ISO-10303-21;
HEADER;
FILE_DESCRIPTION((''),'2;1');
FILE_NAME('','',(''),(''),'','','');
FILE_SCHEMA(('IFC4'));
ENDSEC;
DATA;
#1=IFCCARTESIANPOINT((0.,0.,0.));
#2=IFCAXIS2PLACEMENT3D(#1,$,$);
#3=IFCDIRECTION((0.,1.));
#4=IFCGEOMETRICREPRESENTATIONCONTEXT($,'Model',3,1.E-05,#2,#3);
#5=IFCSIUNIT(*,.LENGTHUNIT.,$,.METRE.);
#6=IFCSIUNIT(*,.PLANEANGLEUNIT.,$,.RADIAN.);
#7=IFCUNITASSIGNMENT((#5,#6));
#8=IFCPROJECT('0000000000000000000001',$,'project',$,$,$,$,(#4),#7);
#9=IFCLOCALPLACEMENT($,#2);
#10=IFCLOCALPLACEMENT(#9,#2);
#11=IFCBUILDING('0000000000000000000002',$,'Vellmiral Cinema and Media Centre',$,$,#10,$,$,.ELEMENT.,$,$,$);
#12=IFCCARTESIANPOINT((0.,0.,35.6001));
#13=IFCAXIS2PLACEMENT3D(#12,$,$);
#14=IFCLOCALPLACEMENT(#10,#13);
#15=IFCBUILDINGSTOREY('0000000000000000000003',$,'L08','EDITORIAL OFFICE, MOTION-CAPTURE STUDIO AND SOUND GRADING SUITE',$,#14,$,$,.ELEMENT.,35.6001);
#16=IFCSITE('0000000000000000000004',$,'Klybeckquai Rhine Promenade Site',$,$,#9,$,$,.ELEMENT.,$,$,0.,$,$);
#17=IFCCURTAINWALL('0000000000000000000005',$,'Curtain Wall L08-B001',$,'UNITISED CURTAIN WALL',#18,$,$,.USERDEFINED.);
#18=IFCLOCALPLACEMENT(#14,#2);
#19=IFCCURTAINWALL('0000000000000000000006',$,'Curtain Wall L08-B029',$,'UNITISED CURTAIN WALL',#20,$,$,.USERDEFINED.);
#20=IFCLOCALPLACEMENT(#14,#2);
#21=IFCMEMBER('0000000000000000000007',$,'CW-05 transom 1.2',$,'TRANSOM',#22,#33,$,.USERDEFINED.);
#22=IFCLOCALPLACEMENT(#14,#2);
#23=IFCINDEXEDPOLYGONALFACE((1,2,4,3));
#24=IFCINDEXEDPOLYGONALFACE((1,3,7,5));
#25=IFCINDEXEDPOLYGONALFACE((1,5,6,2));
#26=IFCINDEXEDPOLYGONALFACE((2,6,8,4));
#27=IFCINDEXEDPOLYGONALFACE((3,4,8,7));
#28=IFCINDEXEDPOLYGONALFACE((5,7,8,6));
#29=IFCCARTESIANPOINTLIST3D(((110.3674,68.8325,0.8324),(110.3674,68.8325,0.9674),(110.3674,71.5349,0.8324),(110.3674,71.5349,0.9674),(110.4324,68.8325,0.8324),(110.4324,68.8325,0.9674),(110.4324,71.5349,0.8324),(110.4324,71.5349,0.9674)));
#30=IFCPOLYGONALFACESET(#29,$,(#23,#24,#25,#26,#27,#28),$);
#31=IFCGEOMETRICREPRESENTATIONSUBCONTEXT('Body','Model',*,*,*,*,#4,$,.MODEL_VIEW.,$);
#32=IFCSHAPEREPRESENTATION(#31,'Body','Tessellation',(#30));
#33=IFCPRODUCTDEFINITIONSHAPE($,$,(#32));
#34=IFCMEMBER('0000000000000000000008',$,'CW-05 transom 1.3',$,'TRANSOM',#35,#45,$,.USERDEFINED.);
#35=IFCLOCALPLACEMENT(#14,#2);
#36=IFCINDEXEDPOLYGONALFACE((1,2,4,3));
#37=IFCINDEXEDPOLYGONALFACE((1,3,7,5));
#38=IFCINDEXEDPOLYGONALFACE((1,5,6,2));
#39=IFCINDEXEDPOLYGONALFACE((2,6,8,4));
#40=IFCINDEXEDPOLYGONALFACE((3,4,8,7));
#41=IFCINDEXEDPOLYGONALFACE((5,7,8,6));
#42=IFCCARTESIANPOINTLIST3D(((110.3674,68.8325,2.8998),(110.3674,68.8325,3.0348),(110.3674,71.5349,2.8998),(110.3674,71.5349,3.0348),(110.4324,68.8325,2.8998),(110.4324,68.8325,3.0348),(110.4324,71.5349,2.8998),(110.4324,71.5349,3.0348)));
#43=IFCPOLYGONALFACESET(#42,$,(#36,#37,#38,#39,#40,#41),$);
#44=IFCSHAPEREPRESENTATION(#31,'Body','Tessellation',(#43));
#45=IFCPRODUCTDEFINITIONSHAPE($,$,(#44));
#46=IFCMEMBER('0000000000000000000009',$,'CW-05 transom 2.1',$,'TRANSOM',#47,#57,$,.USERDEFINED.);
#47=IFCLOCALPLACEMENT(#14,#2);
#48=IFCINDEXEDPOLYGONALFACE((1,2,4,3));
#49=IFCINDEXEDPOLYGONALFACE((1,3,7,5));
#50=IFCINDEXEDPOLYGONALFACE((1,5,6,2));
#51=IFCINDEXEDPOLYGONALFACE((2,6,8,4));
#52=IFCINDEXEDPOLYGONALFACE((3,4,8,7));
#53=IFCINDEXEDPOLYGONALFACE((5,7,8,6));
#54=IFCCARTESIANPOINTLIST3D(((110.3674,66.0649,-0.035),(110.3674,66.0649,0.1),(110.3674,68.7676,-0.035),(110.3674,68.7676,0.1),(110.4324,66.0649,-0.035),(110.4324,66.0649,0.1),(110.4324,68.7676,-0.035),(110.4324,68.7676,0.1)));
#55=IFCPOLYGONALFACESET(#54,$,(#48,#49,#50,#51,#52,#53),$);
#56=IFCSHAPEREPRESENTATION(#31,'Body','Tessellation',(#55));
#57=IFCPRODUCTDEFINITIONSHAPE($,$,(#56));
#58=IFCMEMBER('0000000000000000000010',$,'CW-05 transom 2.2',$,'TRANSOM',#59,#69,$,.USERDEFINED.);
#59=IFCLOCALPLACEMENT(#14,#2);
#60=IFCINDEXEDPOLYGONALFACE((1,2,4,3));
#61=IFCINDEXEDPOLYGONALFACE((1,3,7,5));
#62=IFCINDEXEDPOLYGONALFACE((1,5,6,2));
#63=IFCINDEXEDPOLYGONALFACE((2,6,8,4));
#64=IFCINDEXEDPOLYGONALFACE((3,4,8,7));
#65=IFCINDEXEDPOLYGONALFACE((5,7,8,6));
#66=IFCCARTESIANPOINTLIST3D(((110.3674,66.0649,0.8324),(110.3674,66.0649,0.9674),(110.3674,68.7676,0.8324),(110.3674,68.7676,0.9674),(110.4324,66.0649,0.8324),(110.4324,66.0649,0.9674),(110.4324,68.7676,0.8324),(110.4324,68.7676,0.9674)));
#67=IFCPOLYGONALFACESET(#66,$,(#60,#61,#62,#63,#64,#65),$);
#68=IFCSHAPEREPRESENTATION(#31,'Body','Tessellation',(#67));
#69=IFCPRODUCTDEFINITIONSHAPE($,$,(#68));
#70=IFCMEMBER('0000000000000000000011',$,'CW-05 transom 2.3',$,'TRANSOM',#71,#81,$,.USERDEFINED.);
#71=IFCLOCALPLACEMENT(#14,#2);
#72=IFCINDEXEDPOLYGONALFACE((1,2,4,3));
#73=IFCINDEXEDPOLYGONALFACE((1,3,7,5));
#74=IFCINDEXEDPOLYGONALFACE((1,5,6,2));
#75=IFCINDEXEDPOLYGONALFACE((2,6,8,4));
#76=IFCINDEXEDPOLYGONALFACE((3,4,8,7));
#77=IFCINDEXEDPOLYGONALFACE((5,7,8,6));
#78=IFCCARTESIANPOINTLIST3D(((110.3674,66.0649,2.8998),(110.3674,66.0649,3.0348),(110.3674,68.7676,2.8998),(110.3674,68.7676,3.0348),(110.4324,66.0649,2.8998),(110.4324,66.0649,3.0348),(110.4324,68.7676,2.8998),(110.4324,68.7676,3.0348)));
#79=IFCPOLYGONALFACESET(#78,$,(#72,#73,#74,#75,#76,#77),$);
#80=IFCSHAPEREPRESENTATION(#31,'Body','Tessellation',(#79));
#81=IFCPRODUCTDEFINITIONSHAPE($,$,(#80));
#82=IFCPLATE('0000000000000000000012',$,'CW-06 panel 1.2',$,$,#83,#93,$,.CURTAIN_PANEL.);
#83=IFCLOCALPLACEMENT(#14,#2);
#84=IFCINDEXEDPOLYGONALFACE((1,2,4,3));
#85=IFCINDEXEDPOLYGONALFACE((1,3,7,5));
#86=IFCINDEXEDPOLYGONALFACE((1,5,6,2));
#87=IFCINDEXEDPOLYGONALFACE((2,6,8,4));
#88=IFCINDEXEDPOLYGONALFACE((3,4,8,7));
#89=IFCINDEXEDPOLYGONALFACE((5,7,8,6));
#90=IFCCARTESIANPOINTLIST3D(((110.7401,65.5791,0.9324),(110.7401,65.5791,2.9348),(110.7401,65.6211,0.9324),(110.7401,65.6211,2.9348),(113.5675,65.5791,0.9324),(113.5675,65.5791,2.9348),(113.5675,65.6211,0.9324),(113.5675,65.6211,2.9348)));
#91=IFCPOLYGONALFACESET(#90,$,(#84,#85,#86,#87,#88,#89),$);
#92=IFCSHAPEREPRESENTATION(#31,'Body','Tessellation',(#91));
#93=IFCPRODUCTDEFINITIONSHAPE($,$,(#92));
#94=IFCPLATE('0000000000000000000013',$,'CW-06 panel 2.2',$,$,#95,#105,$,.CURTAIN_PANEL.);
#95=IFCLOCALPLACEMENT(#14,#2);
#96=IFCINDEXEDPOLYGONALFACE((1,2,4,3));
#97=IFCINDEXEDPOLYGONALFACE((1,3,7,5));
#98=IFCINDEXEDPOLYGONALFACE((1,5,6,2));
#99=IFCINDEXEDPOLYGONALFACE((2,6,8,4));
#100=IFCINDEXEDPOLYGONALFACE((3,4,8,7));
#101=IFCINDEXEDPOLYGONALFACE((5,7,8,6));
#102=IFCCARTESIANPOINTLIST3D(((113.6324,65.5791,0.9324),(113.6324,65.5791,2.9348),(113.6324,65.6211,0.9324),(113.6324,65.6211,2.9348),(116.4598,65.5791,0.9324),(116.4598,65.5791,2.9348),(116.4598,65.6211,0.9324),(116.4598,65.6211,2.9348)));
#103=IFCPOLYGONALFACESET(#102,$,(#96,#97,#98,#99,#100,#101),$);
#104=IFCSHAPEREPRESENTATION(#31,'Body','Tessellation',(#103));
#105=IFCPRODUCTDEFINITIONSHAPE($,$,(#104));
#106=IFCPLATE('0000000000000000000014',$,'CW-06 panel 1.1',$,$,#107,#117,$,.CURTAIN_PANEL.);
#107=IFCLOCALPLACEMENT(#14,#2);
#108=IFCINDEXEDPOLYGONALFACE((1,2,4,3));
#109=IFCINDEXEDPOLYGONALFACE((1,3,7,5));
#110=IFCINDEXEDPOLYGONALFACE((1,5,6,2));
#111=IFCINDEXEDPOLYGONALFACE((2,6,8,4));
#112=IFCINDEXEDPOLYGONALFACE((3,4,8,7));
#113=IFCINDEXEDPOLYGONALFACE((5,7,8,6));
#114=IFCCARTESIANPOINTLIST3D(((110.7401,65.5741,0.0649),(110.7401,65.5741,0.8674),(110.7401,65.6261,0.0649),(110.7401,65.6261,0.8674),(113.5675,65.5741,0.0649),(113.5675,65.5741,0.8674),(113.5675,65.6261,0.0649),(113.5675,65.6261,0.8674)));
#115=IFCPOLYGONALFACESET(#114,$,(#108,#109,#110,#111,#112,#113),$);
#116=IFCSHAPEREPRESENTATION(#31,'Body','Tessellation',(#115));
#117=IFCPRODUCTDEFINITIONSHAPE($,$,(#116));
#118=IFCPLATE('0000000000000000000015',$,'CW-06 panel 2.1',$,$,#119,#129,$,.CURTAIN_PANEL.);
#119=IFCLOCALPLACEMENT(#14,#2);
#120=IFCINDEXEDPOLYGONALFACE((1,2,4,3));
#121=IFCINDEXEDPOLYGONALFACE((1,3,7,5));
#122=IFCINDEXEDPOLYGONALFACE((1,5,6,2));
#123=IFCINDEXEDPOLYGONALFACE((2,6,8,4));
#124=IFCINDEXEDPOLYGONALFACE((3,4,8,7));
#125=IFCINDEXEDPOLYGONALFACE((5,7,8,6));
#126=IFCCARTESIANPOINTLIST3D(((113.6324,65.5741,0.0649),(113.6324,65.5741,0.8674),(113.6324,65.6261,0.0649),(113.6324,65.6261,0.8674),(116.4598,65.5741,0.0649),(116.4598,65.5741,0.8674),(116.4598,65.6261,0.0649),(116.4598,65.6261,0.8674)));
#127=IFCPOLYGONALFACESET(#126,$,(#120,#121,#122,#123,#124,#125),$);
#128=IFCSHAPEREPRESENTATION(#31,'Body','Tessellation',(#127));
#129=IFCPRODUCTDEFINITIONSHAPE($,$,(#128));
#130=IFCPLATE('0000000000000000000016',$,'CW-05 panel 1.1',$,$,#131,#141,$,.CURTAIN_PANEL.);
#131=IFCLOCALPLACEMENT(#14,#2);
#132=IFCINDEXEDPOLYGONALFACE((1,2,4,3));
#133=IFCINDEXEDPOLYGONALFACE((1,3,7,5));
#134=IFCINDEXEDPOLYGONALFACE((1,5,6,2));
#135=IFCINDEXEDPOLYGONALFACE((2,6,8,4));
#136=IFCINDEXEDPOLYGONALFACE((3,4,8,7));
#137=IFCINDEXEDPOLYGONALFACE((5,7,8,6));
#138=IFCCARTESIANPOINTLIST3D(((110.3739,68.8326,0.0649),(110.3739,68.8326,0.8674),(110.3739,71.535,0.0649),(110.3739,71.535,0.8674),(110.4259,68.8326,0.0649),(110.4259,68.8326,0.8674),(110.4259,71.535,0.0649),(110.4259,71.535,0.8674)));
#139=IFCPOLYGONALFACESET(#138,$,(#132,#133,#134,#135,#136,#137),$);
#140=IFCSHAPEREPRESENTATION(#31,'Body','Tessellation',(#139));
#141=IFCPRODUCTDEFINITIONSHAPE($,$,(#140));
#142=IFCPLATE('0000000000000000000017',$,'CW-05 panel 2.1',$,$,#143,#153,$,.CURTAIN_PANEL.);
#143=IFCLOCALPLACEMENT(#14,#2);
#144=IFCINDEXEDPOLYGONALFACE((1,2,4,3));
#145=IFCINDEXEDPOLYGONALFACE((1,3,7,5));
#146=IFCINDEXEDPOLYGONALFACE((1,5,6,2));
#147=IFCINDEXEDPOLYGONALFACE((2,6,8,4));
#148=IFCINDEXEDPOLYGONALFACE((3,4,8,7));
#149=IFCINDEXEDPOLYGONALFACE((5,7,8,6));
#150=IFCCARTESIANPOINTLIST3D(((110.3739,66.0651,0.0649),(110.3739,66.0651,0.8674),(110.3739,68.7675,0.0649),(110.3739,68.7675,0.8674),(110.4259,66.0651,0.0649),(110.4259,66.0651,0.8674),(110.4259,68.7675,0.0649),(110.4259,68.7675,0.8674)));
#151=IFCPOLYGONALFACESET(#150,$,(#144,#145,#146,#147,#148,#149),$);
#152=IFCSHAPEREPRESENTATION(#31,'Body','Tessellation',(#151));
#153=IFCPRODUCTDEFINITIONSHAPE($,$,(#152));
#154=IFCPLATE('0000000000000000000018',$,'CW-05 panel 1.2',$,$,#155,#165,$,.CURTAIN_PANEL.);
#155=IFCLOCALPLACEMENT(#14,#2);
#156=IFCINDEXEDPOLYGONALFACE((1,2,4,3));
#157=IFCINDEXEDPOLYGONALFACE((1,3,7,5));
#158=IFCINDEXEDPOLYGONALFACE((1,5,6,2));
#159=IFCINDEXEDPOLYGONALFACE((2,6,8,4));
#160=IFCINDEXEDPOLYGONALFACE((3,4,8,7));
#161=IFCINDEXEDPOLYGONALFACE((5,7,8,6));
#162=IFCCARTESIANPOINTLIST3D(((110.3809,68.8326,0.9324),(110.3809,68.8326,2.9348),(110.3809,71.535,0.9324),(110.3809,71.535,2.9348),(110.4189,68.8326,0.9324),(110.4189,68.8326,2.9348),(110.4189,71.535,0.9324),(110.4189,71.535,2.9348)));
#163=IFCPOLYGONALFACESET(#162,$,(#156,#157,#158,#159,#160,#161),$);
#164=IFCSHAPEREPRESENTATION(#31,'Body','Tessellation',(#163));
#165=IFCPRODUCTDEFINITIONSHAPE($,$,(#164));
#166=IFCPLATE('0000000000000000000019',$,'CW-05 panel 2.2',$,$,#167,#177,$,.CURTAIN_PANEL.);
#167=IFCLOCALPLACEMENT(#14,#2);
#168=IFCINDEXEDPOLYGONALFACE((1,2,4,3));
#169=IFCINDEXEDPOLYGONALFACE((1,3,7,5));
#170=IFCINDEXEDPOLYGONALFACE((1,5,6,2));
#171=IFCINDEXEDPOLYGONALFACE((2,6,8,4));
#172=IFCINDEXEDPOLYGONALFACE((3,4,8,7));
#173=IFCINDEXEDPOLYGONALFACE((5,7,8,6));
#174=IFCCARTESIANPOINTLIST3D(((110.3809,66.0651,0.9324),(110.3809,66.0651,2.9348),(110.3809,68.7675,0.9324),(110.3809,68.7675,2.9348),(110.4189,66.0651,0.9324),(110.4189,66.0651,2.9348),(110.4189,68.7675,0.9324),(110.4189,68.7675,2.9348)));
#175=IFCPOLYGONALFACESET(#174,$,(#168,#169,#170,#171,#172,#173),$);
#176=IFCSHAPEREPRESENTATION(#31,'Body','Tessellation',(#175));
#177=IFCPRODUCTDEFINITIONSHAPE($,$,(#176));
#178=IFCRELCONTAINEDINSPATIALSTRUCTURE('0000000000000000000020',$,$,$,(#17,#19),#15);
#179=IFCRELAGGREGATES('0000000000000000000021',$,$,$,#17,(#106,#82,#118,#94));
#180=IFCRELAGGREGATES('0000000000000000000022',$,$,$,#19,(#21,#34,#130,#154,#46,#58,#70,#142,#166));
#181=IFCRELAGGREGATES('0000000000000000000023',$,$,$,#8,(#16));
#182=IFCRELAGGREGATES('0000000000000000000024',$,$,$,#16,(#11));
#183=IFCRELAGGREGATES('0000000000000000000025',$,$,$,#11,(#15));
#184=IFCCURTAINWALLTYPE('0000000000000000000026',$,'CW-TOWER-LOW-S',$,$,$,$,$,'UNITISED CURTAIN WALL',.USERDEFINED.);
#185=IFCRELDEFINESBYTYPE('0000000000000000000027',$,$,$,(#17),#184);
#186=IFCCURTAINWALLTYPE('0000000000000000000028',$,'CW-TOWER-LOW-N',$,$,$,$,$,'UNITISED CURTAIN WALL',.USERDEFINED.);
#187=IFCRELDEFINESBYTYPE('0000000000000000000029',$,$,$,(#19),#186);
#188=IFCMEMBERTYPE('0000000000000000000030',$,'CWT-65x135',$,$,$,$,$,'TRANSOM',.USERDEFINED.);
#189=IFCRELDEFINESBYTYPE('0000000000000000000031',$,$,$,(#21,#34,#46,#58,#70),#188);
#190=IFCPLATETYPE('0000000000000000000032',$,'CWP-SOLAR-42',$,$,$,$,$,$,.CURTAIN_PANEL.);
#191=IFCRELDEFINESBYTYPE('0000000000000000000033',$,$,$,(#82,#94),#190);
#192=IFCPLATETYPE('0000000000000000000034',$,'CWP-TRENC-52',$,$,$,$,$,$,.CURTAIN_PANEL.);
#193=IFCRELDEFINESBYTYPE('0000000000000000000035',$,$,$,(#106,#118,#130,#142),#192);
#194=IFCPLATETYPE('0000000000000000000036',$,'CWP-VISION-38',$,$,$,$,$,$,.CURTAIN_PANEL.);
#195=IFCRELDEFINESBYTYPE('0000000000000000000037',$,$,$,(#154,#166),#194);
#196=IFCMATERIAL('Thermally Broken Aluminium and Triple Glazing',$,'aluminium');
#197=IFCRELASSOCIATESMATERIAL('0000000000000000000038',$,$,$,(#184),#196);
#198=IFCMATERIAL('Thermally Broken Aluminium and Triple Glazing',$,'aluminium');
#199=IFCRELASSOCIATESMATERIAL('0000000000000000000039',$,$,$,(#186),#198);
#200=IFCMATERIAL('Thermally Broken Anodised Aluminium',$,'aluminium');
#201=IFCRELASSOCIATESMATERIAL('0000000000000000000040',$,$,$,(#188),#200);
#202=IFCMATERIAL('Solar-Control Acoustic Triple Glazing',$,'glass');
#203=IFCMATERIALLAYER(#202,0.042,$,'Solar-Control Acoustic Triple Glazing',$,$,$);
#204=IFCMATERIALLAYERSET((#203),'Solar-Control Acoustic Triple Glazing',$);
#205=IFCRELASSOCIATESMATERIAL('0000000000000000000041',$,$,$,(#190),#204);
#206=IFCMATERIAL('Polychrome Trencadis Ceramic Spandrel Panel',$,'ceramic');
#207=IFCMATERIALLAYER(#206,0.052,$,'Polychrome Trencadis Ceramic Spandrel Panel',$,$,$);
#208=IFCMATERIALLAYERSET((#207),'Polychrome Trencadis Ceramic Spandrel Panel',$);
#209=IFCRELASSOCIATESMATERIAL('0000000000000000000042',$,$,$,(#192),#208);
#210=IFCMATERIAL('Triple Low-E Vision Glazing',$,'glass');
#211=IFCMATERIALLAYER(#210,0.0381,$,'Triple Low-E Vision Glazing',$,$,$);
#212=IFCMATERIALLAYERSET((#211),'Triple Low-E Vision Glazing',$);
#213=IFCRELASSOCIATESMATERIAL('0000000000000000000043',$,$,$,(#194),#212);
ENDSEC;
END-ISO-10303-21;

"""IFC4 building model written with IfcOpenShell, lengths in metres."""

from ifc_helpers import new_model, si_unit, direction, frame, origin, origin_2d, place, context, subcontext, project, spatial, rectangle, extrude, material, layer, layer_set, material_profile, profile_set, type_object, element, aggregate, save


model = new_model("IFC4")

# Units and contexts
model_context = context("Model", 3, precision=1e-05, world=origin(), true_north=direction((0.0, 1.0)))
body_context = subcontext(model_context, "Body", "Model", "MODEL_VIEW")
ifc_project = project(units=[si_unit("LENGTHUNIT", "METRE"), si_unit("PLANEANGLEUNIT", "RADIAN")], contexts=[model_context])

# Site, building, storey
site_placement = place(None, origin())
site = spatial("IfcSite", under=ifc_project, at=site_placement, Name="Klybeckquai Rhine Promenade Site", CompositionType="ELEMENT", RefElevation=0.0)
building_placement = place(site_placement, origin())
building = spatial("IfcBuilding", under=site, at=building_placement, Name="Vellmiral Cinema and Media Centre", CompositionType="ELEMENT")
storey_placement = place(building_placement, frame((0.0, 0.0, 35.6001)))
storey = spatial("IfcBuildingStorey", under=building, at=storey_placement, Name="L08", Description="EDITORIAL OFFICE, MOTION-CAPTURE STUDIO AND SOUND GRADING SUITE", CompositionType="ELEMENT", Elevation=35.6001)

# Curtain walls
ifc_material_1 = material(Name="Thermally Broken Aluminium and Triple Glazing", Category="aluminium")
curtain_wall_type_1 = type_object("IfcCurtainWallType", Name="CW-TOWER-LOW-S", ElementType="UNITISED CURTAIN WALL", PredefinedType="USERDEFINED", material=ifc_material_1)
curtain_wall_1_placement = place(storey_placement, origin())
curtain_wall_1 = element("IfcCurtainWall", 1, at=curtain_wall_1_placement, inside=storey, type_object=curtain_wall_type_1, Name="Curtain Wall L08-B001", ObjectType="UNITISED CURTAIN WALL", PredefinedType="USERDEFINED")
ifc_material_2 = material(Name="Thermally Broken Aluminium and Triple Glazing", Category="aluminium")
curtain_wall_type_2 = type_object("IfcCurtainWallType", Name="CW-TOWER-LOW-N", ElementType="UNITISED CURTAIN WALL", PredefinedType="USERDEFINED", material=ifc_material_2)
curtain_wall_2_placement = place(storey_placement, origin())
curtain_wall_2 = element("IfcCurtainWall", 2, at=curtain_wall_2_placement, inside=storey, type_object=curtain_wall_type_2, Name="Curtain Wall L08-B029", ObjectType="UNITISED CURTAIN WALL", PredefinedType="USERDEFINED")

# Members
ifc_material_3 = material(Name="Thermally Broken Anodised Aluminium", Category="aluminium")
ifc_material_profile_1 = material_profile(ifc_material_3, rectangle(XDim=0.0649, YDim=0.135, at=origin_2d()), Name="MULL 65x135")
ifc_profile_set_1 = profile_set([ifc_material_profile_1], Name="Thermally Broken Anodised Aluminium")
member_type_1 = type_object("IfcMemberType", Name="CWT-65x135", ElementType="TRANSOM", PredefinedType="USERDEFINED", material=ifc_profile_set_1)
member_1_placement = place(storey_placement, frame((110.3999, 71.5349, 0.8999), z_axis=(0.0, -1.0, 0.0), x_axis=(1.0, 0.0, 0.0)))
member_1 = element("IfcMember", 3, at=member_1_placement, type_object=member_type_1, Name="CW-05 transom 1.2", ObjectType="TRANSOM", PredefinedType="USERDEFINED", context=body_context, shape_type="SweptSolid", body=[
    extrude(rectangle(XDim=0.0649, YDim=0.135, at=origin_2d()), origin(), (0.0, 0.0, 1.0), 2.7024),
])
member_2_placement = place(storey_placement, frame((110.3999, 71.5349, 2.9673), z_axis=(0.0, -1.0, 0.0), x_axis=(1.0, 0.0, 0.0)))
member_2 = element("IfcMember", 4, at=member_2_placement, type_object=member_type_1, Name="CW-05 transom 1.3", ObjectType="TRANSOM", PredefinedType="USERDEFINED", context=body_context, shape_type="SweptSolid", body=[
    extrude(rectangle(XDim=0.0649, YDim=0.135, at=origin_2d()), origin(), (0.0, 0.0, 1.0), 2.7024),
])
member_3_placement = place(storey_placement, frame((110.3999, 68.7676, 0.0325), z_axis=(0.0, -1.0, 0.0), x_axis=(1.0, 0.0, 0.0)))
member_3 = element("IfcMember", 5, at=member_3_placement, type_object=member_type_1, Name="CW-05 transom 2.1", ObjectType="TRANSOM", PredefinedType="USERDEFINED", context=body_context, shape_type="SweptSolid", body=[
    extrude(rectangle(XDim=0.0649, YDim=0.135, at=origin_2d()), origin(), (0.0, 0.0, 1.0), 2.7026),
])
member_4_placement = place(storey_placement, frame((110.3999, 68.7676, 0.8999), z_axis=(0.0, -1.0, 0.0), x_axis=(1.0, 0.0, 0.0)))
member_4 = element("IfcMember", 6, at=member_4_placement, type_object=member_type_1, Name="CW-05 transom 2.2", ObjectType="TRANSOM", PredefinedType="USERDEFINED", context=body_context, shape_type="SweptSolid", body=[
    extrude(rectangle(XDim=0.0649, YDim=0.135, at=origin_2d()), origin(), (0.0, 0.0, 1.0), 2.7026),
])
member_5_placement = place(storey_placement, frame((110.3999, 68.7676, 2.9673), z_axis=(0.0, -1.0, 0.0), x_axis=(1.0, 0.0, 0.0)))
member_5 = element("IfcMember", 7, at=member_5_placement, type_object=member_type_1, Name="CW-05 transom 2.3", ObjectType="TRANSOM", PredefinedType="USERDEFINED", context=body_context, shape_type="SweptSolid", body=[
    extrude(rectangle(XDim=0.0649, YDim=0.135, at=origin_2d()), origin(), (0.0, 0.0, 1.0), 2.7026),
])

# Plates
ifc_material_4 = material(Name="Solar-Control Acoustic Triple Glazing", Category="glass")
ifc_layer_1 = layer(ifc_material_4, 0.042, Name="Solar-Control Acoustic Triple Glazing")
ifc_layer_set_1 = layer_set([ifc_layer_1], Name="Solar-Control Acoustic Triple Glazing")
plate_type_1 = type_object("IfcPlateType", Name="CWP-SOLAR-42", PredefinedType="CURTAIN_PANEL", material=ifc_layer_set_1)
plate_1_placement = place(storey_placement, frame((112.1538, 65.6001, 0.9324), z_axis=(0.0, 0.0, 1.0), x_axis=(1.0, 0.0, 0.0)))
plate_1 = element("IfcPlate", 8, at=plate_1_placement, type_object=plate_type_1, Name="CW-06 panel 1.2", PredefinedType="CURTAIN_PANEL", context=body_context, shape_type="SweptSolid", body=[
    extrude(rectangle(XDim=2.8274, YDim=0.042, at=origin_2d()), origin(), (0.0, 0.0, 1.0), 2.0024),
])
plate_2_placement = place(storey_placement, frame((115.0461, 65.6001, 0.9324), z_axis=(0.0, 0.0, 1.0), x_axis=(1.0, 0.0, 0.0)))
plate_2 = element("IfcPlate", 9, at=plate_2_placement, type_object=plate_type_1, Name="CW-06 panel 2.2", PredefinedType="CURTAIN_PANEL", context=body_context, shape_type="SweptSolid", body=[
    extrude(rectangle(XDim=2.8274, YDim=0.042, at=origin_2d()), origin(), (0.0, 0.0, 1.0), 2.0024),
])
ifc_material_5 = material(Name="Polychrome Trencadis Ceramic Spandrel Panel", Category="ceramic")
ifc_layer_2 = layer(ifc_material_5, 0.052, Name="Polychrome Trencadis Ceramic Spandrel Panel")
ifc_layer_set_2 = layer_set([ifc_layer_2], Name="Polychrome Trencadis Ceramic Spandrel Panel")
plate_type_2 = type_object("IfcPlateType", Name="CWP-TRENC-52", PredefinedType="CURTAIN_PANEL", material=ifc_layer_set_2)
plate_3_placement = place(storey_placement, frame((112.1538, 65.6001, 0.0649), z_axis=(0.0, 0.0, 1.0), x_axis=(1.0, 0.0, 0.0)))
plate_3 = element("IfcPlate", 10, at=plate_3_placement, type_object=plate_type_2, Name="CW-06 panel 1.1", PredefinedType="CURTAIN_PANEL", context=body_context, shape_type="SweptSolid", body=[
    extrude(rectangle(XDim=2.8274, YDim=0.052, at=origin_2d()), origin(), (0.0, 0.0, 1.0), 0.8025),
])
plate_4_placement = place(storey_placement, frame((115.0461, 65.6001, 0.0649), z_axis=(0.0, 0.0, 1.0), x_axis=(1.0, 0.0, 0.0)))
plate_4 = element("IfcPlate", 11, at=plate_4_placement, type_object=plate_type_2, Name="CW-06 panel 2.1", PredefinedType="CURTAIN_PANEL", context=body_context, shape_type="SweptSolid", body=[
    extrude(rectangle(XDim=2.8274, YDim=0.052, at=origin_2d()), origin(), (0.0, 0.0, 1.0), 0.8025),
])
aggregate(curtain_wall_1, [plate_3, plate_1, plate_4, plate_2])
plate_5_placement = place(storey_placement, frame((110.3999, 70.1838, 0.0649), z_axis=(0.0, 0.0, 1.0), x_axis=(0.0, -1.0, 0.0)))
plate_5 = element("IfcPlate", 12, at=plate_5_placement, type_object=plate_type_2, Name="CW-05 panel 1.1", PredefinedType="CURTAIN_PANEL", context=body_context, shape_type="SweptSolid", body=[
    extrude(rectangle(XDim=2.7024, YDim=0.052, at=origin_2d()), origin(), (0.0, 0.0, 1.0), 0.8025),
])
plate_6_placement = place(storey_placement, frame((110.3999, 67.4163, 0.0649), z_axis=(0.0, 0.0, 1.0), x_axis=(0.0, -1.0, 0.0)))
plate_6 = element("IfcPlate", 13, at=plate_6_placement, type_object=plate_type_2, Name="CW-05 panel 2.1", PredefinedType="CURTAIN_PANEL", context=body_context, shape_type="SweptSolid", body=[
    extrude(rectangle(XDim=2.7024, YDim=0.052, at=origin_2d()), origin(), (0.0, 0.0, 1.0), 0.8025),
])
ifc_material_6 = material(Name="Triple Low-E Vision Glazing", Category="glass")
ifc_layer_3 = layer(ifc_material_6, 0.0381, Name="Triple Low-E Vision Glazing")
ifc_layer_set_3 = layer_set([ifc_layer_3], Name="Triple Low-E Vision Glazing")
plate_type_3 = type_object("IfcPlateType", Name="CWP-VISION-38", PredefinedType="CURTAIN_PANEL", material=ifc_layer_set_3)
plate_7_placement = place(storey_placement, frame((110.3999, 70.1838, 0.9324), z_axis=(0.0, 0.0, 1.0), x_axis=(0.0, -1.0, 0.0)))
plate_7 = element("IfcPlate", 14, at=plate_7_placement, type_object=plate_type_3, Name="CW-05 panel 1.2", PredefinedType="CURTAIN_PANEL", context=body_context, shape_type="SweptSolid", body=[
    extrude(rectangle(XDim=2.7024, YDim=0.0381, at=origin_2d()), origin(), (0.0, 0.0, 1.0), 2.0024),
])
plate_8_placement = place(storey_placement, frame((110.3999, 67.4163, 0.9324), z_axis=(0.0, 0.0, 1.0), x_axis=(0.0, -1.0, 0.0)))
plate_8 = element("IfcPlate", 15, at=plate_8_placement, type_object=plate_type_3, Name="CW-05 panel 2.2", PredefinedType="CURTAIN_PANEL", context=body_context, shape_type="SweptSolid", body=[
    extrude(rectangle(XDim=2.7024, YDim=0.0381, at=origin_2d()), origin(), (0.0, 0.0, 1.0), 2.0024),
])
aggregate(curtain_wall_2, [member_1, member_2, plate_5, plate_7, member_3, member_4, member_5, plate_6, plate_8])

save(model, "model.ifc")
